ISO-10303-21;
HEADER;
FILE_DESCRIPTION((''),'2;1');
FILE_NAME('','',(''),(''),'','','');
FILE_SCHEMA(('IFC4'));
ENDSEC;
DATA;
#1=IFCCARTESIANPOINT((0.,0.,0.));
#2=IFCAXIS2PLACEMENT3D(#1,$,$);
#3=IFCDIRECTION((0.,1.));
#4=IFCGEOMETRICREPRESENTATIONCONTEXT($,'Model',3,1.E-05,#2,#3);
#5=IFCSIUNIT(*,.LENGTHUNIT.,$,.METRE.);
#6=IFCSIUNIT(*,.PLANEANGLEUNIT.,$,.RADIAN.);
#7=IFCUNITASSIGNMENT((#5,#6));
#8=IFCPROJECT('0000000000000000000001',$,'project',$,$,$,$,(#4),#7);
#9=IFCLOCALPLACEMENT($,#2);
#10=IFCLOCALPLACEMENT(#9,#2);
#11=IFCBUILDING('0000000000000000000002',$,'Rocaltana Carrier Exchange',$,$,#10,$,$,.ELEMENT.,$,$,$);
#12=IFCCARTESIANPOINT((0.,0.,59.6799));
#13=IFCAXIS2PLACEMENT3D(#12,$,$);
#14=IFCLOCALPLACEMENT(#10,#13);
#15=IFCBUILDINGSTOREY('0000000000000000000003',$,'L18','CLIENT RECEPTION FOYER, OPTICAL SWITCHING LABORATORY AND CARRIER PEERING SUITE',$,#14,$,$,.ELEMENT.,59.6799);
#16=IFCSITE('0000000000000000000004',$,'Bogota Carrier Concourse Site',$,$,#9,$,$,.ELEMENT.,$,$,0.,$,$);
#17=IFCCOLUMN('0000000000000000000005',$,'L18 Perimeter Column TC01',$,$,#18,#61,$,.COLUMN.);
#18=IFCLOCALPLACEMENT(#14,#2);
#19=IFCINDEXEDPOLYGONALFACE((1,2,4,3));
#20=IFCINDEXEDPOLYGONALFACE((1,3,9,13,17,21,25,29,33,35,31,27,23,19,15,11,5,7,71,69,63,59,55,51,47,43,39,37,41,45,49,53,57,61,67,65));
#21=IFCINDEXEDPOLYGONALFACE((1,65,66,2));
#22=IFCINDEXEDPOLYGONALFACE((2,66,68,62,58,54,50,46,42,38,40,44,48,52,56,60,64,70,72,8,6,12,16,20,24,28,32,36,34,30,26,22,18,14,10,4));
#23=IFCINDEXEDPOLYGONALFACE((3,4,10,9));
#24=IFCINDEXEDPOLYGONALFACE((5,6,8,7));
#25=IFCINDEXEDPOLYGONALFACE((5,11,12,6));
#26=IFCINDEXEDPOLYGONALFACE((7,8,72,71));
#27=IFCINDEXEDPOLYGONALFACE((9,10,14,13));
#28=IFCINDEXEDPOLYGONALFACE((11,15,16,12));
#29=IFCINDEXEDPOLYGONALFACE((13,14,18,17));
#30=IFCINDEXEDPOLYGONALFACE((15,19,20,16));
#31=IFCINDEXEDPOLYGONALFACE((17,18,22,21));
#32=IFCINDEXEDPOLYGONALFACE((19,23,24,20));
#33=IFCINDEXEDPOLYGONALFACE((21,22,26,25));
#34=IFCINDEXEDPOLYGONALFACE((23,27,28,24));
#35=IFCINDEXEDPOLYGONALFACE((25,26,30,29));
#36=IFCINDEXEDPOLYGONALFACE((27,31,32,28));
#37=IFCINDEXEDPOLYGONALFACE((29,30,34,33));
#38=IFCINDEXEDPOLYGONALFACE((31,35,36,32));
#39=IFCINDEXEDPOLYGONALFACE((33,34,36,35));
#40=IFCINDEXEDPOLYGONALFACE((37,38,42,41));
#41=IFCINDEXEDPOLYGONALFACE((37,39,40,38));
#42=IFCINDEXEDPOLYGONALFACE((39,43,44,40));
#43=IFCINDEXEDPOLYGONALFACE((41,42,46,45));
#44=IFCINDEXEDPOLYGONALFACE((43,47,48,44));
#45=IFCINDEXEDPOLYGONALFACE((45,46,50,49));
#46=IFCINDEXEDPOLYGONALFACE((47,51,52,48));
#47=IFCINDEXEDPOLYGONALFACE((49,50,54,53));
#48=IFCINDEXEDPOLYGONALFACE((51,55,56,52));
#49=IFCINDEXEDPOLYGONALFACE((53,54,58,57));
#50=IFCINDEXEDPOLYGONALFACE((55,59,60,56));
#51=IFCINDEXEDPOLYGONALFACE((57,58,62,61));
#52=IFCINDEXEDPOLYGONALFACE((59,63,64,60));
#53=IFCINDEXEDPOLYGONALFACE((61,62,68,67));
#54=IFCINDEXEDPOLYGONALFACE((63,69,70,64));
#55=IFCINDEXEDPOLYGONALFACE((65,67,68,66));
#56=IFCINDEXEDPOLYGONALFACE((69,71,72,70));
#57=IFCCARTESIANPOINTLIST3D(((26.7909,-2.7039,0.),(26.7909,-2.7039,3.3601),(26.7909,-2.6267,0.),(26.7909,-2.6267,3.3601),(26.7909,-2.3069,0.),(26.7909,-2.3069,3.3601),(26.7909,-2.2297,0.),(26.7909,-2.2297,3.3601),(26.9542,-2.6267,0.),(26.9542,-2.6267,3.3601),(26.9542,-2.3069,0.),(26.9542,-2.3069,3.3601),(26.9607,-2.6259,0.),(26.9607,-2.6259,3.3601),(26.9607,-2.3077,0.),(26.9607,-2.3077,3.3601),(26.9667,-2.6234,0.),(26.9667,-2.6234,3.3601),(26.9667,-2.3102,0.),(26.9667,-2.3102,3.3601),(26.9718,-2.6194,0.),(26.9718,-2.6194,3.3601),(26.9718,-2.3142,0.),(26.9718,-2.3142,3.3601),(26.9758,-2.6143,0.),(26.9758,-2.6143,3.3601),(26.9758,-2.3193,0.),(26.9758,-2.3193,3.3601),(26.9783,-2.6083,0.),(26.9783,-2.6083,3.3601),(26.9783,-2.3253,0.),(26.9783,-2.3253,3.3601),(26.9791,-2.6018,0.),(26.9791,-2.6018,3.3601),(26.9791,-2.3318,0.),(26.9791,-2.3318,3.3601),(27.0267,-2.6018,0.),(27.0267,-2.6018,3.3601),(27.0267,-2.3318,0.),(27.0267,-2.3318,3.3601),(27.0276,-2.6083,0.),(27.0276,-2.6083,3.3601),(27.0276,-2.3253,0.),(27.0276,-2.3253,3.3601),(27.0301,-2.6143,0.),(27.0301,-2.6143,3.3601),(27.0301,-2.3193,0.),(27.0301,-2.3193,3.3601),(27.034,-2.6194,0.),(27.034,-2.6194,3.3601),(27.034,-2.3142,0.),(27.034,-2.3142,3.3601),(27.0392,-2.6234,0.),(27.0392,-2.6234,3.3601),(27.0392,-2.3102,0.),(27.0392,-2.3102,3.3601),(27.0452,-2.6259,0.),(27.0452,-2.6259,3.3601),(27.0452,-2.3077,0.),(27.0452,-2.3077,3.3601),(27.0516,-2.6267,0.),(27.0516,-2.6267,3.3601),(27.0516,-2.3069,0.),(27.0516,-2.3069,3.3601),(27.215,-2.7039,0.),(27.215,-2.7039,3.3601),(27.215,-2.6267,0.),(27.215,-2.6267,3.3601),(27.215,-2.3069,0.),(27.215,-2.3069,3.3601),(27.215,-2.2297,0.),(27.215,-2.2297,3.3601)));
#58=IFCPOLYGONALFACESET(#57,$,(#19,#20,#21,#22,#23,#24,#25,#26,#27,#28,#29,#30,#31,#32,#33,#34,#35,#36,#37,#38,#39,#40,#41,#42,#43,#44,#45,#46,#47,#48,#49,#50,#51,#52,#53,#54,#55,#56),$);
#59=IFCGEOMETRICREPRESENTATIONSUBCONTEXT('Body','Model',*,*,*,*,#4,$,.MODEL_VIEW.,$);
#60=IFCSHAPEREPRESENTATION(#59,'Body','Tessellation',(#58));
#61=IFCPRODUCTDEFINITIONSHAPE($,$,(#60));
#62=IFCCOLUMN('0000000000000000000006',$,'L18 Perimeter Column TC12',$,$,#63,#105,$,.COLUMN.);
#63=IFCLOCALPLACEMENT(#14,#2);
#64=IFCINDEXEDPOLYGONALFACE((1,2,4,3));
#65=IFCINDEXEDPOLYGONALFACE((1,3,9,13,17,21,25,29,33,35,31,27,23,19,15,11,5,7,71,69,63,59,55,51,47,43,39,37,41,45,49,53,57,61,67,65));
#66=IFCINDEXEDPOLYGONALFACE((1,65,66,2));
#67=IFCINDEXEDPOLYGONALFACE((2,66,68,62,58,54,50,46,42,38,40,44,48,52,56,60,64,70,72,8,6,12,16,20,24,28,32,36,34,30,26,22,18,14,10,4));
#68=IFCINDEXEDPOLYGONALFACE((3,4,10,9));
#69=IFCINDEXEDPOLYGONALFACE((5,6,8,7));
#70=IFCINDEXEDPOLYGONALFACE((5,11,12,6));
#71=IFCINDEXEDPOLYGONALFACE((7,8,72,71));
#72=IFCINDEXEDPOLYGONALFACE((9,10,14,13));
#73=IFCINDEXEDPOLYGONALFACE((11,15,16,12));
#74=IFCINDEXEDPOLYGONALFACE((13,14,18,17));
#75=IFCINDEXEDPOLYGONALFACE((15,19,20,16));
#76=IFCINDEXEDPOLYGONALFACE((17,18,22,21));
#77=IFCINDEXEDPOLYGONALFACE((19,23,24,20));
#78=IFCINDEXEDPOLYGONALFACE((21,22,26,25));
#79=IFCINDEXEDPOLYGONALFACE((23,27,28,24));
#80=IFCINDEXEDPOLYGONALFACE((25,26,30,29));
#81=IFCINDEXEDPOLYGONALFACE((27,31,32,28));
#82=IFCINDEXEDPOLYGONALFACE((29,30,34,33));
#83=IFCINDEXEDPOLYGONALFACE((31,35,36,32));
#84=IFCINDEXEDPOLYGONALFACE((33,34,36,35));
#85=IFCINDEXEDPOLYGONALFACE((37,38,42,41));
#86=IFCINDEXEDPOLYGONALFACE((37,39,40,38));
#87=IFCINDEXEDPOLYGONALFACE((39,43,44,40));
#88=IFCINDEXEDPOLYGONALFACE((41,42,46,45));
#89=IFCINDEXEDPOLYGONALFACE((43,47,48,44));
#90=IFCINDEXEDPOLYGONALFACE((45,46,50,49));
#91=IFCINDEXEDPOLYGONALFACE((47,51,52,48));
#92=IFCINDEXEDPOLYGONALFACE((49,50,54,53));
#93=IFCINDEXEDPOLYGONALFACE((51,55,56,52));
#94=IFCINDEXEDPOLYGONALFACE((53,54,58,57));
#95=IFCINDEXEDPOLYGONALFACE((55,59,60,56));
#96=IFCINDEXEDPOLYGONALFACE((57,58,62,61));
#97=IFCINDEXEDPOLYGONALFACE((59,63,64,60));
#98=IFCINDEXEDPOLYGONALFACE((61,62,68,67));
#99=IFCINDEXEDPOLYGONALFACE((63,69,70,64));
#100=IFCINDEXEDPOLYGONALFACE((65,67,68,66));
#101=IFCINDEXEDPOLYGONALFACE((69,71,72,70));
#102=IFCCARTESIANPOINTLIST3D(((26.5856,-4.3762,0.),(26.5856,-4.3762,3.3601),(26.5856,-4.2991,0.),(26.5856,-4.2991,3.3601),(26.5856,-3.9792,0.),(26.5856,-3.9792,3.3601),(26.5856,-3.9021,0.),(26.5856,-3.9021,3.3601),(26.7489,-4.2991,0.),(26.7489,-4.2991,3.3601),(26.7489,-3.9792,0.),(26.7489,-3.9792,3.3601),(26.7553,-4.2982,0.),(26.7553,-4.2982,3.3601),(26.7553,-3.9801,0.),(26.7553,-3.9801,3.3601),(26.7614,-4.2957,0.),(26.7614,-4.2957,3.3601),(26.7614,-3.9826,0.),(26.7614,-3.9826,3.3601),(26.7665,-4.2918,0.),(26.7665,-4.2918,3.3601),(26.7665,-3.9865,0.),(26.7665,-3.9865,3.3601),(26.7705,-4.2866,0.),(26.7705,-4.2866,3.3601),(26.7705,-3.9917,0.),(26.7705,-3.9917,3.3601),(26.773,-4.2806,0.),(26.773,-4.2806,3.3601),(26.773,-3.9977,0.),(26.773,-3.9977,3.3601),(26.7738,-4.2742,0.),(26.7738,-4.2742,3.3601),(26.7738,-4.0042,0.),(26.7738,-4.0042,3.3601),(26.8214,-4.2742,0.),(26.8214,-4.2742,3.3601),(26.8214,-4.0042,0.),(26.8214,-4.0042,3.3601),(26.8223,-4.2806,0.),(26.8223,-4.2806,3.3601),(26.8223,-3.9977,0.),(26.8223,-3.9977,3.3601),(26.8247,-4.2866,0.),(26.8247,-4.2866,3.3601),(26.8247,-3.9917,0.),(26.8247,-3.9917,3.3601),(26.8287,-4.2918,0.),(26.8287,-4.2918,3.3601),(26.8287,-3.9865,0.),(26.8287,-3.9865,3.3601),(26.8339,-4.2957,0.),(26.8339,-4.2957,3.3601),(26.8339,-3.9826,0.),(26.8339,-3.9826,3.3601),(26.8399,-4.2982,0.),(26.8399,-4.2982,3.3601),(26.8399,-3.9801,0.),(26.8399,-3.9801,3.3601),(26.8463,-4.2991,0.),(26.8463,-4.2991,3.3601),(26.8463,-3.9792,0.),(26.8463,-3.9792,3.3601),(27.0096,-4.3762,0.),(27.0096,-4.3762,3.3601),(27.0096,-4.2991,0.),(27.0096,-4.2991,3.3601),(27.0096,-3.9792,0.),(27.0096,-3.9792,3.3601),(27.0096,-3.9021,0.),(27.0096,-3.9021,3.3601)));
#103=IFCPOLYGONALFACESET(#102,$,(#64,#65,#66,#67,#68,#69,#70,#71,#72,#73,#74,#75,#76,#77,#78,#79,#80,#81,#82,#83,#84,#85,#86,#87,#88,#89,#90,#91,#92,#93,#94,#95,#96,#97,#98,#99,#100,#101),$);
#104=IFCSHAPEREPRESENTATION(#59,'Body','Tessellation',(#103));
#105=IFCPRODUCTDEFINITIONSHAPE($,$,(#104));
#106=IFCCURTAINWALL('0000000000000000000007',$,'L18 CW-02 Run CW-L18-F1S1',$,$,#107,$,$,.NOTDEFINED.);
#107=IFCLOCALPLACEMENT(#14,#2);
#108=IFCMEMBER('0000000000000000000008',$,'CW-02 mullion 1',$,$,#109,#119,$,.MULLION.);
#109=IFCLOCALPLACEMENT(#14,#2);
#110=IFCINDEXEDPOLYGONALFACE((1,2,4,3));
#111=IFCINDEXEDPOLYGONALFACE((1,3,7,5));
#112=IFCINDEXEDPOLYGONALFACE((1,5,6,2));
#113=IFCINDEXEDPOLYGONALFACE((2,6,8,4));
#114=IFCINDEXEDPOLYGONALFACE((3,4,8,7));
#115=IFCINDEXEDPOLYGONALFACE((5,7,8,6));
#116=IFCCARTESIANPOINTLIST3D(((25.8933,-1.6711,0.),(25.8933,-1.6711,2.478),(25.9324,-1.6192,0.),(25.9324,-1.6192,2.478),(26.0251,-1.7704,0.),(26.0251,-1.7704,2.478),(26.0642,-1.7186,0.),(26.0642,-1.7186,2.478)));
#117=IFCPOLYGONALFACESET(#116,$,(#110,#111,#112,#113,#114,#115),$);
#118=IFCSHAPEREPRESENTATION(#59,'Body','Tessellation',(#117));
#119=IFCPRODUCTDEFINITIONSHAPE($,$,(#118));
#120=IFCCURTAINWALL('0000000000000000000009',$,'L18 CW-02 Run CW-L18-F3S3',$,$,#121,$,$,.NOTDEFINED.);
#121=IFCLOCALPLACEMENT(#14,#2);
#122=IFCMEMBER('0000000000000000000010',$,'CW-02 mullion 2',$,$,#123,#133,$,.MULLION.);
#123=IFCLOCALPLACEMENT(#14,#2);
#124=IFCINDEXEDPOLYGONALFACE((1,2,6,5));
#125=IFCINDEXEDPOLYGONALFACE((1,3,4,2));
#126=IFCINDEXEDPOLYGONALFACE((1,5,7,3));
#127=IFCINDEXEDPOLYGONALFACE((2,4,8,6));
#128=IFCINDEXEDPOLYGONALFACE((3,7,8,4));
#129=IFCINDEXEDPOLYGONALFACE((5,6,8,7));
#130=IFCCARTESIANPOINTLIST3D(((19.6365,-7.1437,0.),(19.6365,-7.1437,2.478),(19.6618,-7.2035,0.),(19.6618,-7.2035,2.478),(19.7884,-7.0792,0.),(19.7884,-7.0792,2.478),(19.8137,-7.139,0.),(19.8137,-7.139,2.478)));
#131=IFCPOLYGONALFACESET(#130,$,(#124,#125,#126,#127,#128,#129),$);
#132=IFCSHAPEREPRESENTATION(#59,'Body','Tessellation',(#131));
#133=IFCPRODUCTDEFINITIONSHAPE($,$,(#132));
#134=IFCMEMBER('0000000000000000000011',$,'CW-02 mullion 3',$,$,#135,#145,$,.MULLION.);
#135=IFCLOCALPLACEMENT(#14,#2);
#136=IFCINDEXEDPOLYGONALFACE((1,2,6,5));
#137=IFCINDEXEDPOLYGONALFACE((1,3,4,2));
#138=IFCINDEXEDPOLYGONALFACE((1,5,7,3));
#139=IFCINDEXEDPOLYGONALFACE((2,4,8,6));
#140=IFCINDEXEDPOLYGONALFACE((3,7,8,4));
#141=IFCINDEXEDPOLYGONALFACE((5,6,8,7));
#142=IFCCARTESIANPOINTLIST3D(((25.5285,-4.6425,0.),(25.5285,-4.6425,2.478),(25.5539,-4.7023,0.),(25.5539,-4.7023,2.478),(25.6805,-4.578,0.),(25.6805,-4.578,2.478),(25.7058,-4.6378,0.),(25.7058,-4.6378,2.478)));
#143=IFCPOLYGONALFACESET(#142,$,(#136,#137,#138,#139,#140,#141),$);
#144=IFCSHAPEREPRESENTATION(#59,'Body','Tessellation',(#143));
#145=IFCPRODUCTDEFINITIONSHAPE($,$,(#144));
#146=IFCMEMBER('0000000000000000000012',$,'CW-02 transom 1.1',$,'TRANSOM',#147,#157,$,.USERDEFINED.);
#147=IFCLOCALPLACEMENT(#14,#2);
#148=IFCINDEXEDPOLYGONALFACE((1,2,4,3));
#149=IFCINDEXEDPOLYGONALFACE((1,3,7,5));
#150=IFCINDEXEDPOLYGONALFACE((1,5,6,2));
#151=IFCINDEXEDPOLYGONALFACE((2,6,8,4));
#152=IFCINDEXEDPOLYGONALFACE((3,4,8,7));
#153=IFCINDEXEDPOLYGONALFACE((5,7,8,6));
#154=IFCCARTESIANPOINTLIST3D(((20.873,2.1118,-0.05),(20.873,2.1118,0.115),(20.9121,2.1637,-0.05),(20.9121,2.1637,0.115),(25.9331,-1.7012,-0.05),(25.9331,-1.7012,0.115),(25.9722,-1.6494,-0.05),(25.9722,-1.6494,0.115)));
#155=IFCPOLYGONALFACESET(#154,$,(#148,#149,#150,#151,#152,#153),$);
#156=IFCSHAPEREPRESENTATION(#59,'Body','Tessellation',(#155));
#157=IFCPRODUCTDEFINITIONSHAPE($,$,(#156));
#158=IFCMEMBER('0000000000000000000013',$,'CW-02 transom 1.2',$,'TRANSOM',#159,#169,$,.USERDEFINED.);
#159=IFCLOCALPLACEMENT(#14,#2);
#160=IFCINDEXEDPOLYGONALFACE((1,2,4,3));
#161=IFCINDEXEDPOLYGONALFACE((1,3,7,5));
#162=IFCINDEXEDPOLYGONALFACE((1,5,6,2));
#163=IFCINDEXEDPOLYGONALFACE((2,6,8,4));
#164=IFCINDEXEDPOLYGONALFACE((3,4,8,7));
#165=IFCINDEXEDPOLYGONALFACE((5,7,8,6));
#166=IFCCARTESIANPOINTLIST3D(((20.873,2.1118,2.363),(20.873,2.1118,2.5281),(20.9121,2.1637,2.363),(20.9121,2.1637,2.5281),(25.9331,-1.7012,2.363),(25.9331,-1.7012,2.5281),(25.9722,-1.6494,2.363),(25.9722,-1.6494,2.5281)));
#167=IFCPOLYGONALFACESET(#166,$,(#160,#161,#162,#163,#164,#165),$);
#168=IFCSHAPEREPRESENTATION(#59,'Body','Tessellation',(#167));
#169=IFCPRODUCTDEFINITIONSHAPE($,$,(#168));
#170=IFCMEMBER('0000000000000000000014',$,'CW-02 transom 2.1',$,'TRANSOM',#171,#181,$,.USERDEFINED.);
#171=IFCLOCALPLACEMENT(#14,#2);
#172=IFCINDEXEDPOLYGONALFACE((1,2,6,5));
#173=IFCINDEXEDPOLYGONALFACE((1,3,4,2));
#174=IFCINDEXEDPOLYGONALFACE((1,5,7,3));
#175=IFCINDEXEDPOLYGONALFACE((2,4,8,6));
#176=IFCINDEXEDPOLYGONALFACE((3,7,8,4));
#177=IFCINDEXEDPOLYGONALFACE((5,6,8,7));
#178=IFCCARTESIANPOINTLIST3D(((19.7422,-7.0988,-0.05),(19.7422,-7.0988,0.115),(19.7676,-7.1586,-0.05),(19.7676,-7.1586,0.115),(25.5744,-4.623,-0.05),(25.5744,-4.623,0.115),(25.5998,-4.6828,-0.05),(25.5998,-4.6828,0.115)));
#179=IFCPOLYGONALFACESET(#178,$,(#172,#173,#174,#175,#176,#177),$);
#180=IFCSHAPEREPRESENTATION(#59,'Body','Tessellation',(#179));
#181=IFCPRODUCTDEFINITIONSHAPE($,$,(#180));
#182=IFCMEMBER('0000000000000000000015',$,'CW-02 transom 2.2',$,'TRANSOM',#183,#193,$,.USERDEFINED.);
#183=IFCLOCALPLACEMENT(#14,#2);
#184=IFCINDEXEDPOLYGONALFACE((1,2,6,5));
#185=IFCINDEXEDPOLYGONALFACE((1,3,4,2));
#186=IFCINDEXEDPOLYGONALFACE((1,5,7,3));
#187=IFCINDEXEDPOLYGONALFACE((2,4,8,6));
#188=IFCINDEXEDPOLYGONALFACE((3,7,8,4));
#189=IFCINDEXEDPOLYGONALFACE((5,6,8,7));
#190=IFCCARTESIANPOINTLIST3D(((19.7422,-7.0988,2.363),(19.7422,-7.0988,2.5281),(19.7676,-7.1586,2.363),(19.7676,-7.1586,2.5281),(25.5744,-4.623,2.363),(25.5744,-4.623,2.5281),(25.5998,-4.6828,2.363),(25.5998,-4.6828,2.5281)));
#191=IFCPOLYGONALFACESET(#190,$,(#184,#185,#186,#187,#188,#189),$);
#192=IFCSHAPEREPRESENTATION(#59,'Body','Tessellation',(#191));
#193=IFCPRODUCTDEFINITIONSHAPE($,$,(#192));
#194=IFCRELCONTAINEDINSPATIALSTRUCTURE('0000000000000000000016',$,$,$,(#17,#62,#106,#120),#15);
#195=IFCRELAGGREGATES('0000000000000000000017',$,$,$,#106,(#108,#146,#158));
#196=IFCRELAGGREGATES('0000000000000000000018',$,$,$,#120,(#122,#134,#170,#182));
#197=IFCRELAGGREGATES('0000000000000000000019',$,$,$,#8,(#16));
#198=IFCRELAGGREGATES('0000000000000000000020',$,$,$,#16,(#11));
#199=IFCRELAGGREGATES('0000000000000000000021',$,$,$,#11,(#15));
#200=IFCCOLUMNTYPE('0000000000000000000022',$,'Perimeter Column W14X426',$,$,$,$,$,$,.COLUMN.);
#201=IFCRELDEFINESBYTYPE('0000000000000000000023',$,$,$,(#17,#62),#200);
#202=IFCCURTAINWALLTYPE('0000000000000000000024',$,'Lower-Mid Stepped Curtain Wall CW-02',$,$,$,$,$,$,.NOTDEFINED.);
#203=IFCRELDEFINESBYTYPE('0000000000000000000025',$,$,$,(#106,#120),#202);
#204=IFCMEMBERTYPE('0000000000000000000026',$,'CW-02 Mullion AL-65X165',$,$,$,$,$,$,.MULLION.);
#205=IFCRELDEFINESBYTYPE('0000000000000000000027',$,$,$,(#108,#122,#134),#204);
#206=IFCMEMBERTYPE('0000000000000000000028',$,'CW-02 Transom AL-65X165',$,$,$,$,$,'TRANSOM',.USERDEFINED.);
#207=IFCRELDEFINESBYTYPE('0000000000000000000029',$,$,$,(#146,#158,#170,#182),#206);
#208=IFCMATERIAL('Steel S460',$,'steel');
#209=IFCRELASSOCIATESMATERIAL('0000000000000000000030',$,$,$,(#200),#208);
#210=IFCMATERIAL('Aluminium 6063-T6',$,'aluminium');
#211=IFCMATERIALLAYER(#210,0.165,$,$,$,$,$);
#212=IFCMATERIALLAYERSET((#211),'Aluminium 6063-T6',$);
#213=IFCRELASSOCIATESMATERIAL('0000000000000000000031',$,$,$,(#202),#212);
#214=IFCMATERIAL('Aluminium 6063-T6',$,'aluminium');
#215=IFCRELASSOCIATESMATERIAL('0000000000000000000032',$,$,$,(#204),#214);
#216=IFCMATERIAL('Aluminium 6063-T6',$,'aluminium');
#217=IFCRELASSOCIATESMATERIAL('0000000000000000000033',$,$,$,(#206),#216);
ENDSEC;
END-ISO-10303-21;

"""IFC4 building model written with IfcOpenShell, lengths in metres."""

from ifc_helpers import new_model, si_unit, direction, frame, origin, origin_2d, place, context, subcontext, project, spatial, rectangle, i_section, extrude, material, layer, layer_set, material_profile, profile_set, type_object, element, aggregate, save


model = new_model("IFC4")

# Units and contexts
model_context = context("Model", 3, precision=1e-05, world=origin(), true_north=direction((0.0, 1.0)))
body_context = subcontext(model_context, "Body", "Model", "MODEL_VIEW")
ifc_project = project(units=[si_unit("LENGTHUNIT", "METRE"), si_unit("PLANEANGLEUNIT", "RADIAN")], contexts=[model_context])

# Site, building, storey
site_placement = place(None, origin())
site = spatial("IfcSite", under=ifc_project, at=site_placement, Name="Bogota Carrier Concourse Site", CompositionType="ELEMENT", RefElevation=0.0)
building_placement = place(site_placement, origin())
building = spatial("IfcBuilding", under=site, at=building_placement, Name="Rocaltana Carrier Exchange", CompositionType="ELEMENT")
storey_placement = place(building_placement, frame((0.0, 0.0, 59.6799)))
storey = spatial("IfcBuildingStorey", under=building, at=storey_placement, Name="L18", Description="CLIENT RECEPTION FOYER, OPTICAL SWITCHING LABORATORY AND CARRIER PEERING SUITE", CompositionType="ELEMENT", Elevation=59.6799)

# Columns
ifc_material_1 = material(Name="Steel S460", Category="steel")
ifc_material_profile_1 = material_profile(ifc_material_1, i_section(OverallWidth=0.4241, OverallDepth=0.4741, WebThickness=0.0476, FlangeThickness=0.0771, FilletRadius=0.0249, at=origin_2d()), Name="W14X426")
ifc_profile_set_1 = profile_set([ifc_material_profile_1], Name="Steel S460")
column_type = type_object("IfcColumnType", Name="Perimeter Column W14X426", PredefinedType="COLUMN", material=ifc_profile_set_1)
for number, where, z_axis, x_axis, name in (
    (1, (27.0029, -2.4668, 0.0), (0.0, 0.0, 1.0), (1.0, 0.0, 0.0), "L18 Perimeter Column TC01"),
    (2, (26.7976, -4.1392, 0.0), (0.0, 0.0, 1.0), (1.0, 0.0, 0.0), "L18 Perimeter Column TC12"),
):
    element("IfcColumn", number, at=place(storey_placement, frame(where, z_axis=z_axis, x_axis=x_axis)), inside=storey, type_object=column_type, Name=name, PredefinedType="COLUMN", context=body_context, shape_type="SweptSolid", body=[
        extrude(i_section(OverallWidth=0.4241, OverallDepth=0.4741, WebThickness=0.0476, FlangeThickness=0.0771, FilletRadius=0.0249, at=origin_2d()), origin(), (0.0, 0.0, 1.0), 3.3601),
    ])

# Curtain wall, member
ifc_material_2 = material(Name="Aluminium 6063-T6", Category="aluminium")
ifc_layer_1 = layer(ifc_material_2, 0.165)
ifc_layer_set_1 = layer_set([ifc_layer_1], Name="Aluminium 6063-T6")
curtain_wall_type = type_object("IfcCurtainWallType", Name="Lower-Mid Stepped Curtain Wall CW-02", PredefinedType="NOTDEFINED", material=ifc_layer_set_1)
curtain_wall_1_placement = place(storey_placement, origin())
curtain_wall_1 = element("IfcCurtainWall", 3, at=curtain_wall_1_placement, inside=storey, type_object=curtain_wall_type, Name="L18 CW-02 Run CW-L18-F1S1", PredefinedType="NOTDEFINED")
ifc_material_3 = material(Name="Aluminium 6063-T6", Category="aluminium")
ifc_material_profile_2 = material_profile(ifc_material_3, rectangle(XDim=0.0649, YDim=0.165, at=origin_2d()), Name="AL-65X165")
ifc_profile_set_2 = profile_set([ifc_material_profile_2], Name="Aluminium 6063-T6")
member_type_1 = type_object("IfcMemberType", Name="CW-02 Mullion AL-65X165", PredefinedType="MULLION", material=ifc_profile_set_2)
member_1_placement = place(storey_placement, frame((25.9788, -1.6948, 0.0), z_axis=(0.0, 0.0, 1.0), x_axis=(-0.601807, -0.798642, 0.0)))
member_1 = element("IfcMember", 4, at=member_1_placement, type_object=member_type_1, Name="CW-02 mullion 1", PredefinedType="MULLION", context=body_context, shape_type="SweptSolid", body=[
    extrude(rectangle(XDim=0.0649, YDim=0.165, at=origin_2d()), origin(), (0.0, 0.0, 1.0), 2.478),
])

# Curtain wall, members
curtain_wall_2_placement = place(storey_placement, origin())
curtain_wall_2 = element("IfcCurtainWall", 5, at=curtain_wall_2_placement, inside=storey, type_object=curtain_wall_type, Name="L18 CW-02 Run CW-L18-F3S3", PredefinedType="NOTDEFINED")
member_2_placement = place(storey_placement, frame((19.7251, -7.1414, 0.0), z_axis=(0.0, 0.0, 1.0), x_axis=(-0.390735, 0.920503, 0.0)))
member_2 = element("IfcMember", 6, at=member_2_placement, type_object=member_type_1, Name="CW-02 mullion 2", PredefinedType="MULLION", context=body_context, shape_type="SweptSolid", body=[
    extrude(rectangle(XDim=0.0649, YDim=0.165, at=origin_2d()), origin(), (0.0, 0.0, 1.0), 2.478),
])
member_3_placement = place(storey_placement, frame((25.6172, -4.6401, 0.0), z_axis=(0.0, 0.0, 1.0), x_axis=(-0.390735, 0.920503, 0.0)))
member_3 = element("IfcMember", 7, at=member_3_placement, type_object=member_type_1, Name="CW-02 mullion 3", PredefinedType="MULLION", context=body_context, shape_type="SweptSolid", body=[
    extrude(rectangle(XDim=0.0649, YDim=0.165, at=origin_2d()), origin(), (0.0, 0.0, 1.0), 2.478),
])

# Members
ifc_material_4 = material(Name="Aluminium 6063-T6", Category="aluminium")
ifc_material_profile_3 = material_profile(ifc_material_4, rectangle(XDim=0.0649, YDim=0.165, at=origin_2d()), Name="AL-65X165")
ifc_profile_set_3 = profile_set([ifc_material_profile_3], Name="Aluminium 6063-T6")
member_type_2 = type_object("IfcMemberType", Name="CW-02 Transom AL-65X165", ElementType="TRANSOM", PredefinedType="USERDEFINED", material=ifc_profile_set_3)
member_4_placement = place(storey_placement, frame((25.9526, -1.6753, 0.0325), z_axis=(-0.798638, 0.601811, 0.0), x_axis=(-0.601811, -0.798638, 0.0)))
member_4 = element("IfcMember", 8, at=member_4_placement, type_object=member_type_2, Name="CW-02 transom 1.1", ObjectType="TRANSOM", PredefinedType="USERDEFINED", context=body_context, shape_type="SweptSolid", body=[
    extrude(rectangle(XDim=0.0649, YDim=0.165, at=origin_2d()), origin(), (0.0, 0.0, 1.0), 6.3359),
])
member_5_placement = place(storey_placement, frame((25.9526, -1.6753, 2.4456), z_axis=(-0.798638, 0.601811, 0.0), x_axis=(-0.601811, -0.798638, 0.0)))
member_5 = element("IfcMember", 9, at=member_5_placement, type_object=member_type_2, Name="CW-02 transom 1.2", ObjectType="TRANSOM", PredefinedType="USERDEFINED", context=body_context, shape_type="SweptSolid", body=[
    extrude(rectangle(XDim=0.0649, YDim=0.165, at=origin_2d()), origin(), (0.0, 0.0, 1.0), 6.3359),
])
aggregate(curtain_wall_1, [member_1, member_4, member_5])
member_6_placement = place(storey_placement, frame((19.7549, -7.1287, 0.0325), z_axis=(0.920495, 0.390755, 0.0), x_axis=(-0.390755, 0.920495, 0.0)))
member_6 = element("IfcMember", 10, at=member_6_placement, type_object=member_type_2, Name="CW-02 transom 2.1", ObjectType="TRANSOM", PredefinedType="USERDEFINED", context=body_context, shape_type="SweptSolid", body=[
    extrude(rectangle(XDim=0.0649, YDim=0.165, at=origin_2d()), origin(), (0.0, 0.0, 1.0), 6.3359),
])
member_7_placement = place(storey_placement, frame((19.7549, -7.1287, 2.4456), z_axis=(0.920495, 0.390755, 0.0), x_axis=(-0.390755, 0.920495, 0.0)))
member_7 = element("IfcMember", 11, at=member_7_placement, type_object=member_type_2, Name="CW-02 transom 2.2", ObjectType="TRANSOM", PredefinedType="USERDEFINED", context=body_context, shape_type="SweptSolid", body=[
    extrude(rectangle(XDim=0.0649, YDim=0.165, at=origin_2d()), origin(), (0.0, 0.0, 1.0), 6.3359),
])

aggregate(curtain_wall_2, [member_2, member_3, member_6, member_7])

save(model, "model.ifc")
